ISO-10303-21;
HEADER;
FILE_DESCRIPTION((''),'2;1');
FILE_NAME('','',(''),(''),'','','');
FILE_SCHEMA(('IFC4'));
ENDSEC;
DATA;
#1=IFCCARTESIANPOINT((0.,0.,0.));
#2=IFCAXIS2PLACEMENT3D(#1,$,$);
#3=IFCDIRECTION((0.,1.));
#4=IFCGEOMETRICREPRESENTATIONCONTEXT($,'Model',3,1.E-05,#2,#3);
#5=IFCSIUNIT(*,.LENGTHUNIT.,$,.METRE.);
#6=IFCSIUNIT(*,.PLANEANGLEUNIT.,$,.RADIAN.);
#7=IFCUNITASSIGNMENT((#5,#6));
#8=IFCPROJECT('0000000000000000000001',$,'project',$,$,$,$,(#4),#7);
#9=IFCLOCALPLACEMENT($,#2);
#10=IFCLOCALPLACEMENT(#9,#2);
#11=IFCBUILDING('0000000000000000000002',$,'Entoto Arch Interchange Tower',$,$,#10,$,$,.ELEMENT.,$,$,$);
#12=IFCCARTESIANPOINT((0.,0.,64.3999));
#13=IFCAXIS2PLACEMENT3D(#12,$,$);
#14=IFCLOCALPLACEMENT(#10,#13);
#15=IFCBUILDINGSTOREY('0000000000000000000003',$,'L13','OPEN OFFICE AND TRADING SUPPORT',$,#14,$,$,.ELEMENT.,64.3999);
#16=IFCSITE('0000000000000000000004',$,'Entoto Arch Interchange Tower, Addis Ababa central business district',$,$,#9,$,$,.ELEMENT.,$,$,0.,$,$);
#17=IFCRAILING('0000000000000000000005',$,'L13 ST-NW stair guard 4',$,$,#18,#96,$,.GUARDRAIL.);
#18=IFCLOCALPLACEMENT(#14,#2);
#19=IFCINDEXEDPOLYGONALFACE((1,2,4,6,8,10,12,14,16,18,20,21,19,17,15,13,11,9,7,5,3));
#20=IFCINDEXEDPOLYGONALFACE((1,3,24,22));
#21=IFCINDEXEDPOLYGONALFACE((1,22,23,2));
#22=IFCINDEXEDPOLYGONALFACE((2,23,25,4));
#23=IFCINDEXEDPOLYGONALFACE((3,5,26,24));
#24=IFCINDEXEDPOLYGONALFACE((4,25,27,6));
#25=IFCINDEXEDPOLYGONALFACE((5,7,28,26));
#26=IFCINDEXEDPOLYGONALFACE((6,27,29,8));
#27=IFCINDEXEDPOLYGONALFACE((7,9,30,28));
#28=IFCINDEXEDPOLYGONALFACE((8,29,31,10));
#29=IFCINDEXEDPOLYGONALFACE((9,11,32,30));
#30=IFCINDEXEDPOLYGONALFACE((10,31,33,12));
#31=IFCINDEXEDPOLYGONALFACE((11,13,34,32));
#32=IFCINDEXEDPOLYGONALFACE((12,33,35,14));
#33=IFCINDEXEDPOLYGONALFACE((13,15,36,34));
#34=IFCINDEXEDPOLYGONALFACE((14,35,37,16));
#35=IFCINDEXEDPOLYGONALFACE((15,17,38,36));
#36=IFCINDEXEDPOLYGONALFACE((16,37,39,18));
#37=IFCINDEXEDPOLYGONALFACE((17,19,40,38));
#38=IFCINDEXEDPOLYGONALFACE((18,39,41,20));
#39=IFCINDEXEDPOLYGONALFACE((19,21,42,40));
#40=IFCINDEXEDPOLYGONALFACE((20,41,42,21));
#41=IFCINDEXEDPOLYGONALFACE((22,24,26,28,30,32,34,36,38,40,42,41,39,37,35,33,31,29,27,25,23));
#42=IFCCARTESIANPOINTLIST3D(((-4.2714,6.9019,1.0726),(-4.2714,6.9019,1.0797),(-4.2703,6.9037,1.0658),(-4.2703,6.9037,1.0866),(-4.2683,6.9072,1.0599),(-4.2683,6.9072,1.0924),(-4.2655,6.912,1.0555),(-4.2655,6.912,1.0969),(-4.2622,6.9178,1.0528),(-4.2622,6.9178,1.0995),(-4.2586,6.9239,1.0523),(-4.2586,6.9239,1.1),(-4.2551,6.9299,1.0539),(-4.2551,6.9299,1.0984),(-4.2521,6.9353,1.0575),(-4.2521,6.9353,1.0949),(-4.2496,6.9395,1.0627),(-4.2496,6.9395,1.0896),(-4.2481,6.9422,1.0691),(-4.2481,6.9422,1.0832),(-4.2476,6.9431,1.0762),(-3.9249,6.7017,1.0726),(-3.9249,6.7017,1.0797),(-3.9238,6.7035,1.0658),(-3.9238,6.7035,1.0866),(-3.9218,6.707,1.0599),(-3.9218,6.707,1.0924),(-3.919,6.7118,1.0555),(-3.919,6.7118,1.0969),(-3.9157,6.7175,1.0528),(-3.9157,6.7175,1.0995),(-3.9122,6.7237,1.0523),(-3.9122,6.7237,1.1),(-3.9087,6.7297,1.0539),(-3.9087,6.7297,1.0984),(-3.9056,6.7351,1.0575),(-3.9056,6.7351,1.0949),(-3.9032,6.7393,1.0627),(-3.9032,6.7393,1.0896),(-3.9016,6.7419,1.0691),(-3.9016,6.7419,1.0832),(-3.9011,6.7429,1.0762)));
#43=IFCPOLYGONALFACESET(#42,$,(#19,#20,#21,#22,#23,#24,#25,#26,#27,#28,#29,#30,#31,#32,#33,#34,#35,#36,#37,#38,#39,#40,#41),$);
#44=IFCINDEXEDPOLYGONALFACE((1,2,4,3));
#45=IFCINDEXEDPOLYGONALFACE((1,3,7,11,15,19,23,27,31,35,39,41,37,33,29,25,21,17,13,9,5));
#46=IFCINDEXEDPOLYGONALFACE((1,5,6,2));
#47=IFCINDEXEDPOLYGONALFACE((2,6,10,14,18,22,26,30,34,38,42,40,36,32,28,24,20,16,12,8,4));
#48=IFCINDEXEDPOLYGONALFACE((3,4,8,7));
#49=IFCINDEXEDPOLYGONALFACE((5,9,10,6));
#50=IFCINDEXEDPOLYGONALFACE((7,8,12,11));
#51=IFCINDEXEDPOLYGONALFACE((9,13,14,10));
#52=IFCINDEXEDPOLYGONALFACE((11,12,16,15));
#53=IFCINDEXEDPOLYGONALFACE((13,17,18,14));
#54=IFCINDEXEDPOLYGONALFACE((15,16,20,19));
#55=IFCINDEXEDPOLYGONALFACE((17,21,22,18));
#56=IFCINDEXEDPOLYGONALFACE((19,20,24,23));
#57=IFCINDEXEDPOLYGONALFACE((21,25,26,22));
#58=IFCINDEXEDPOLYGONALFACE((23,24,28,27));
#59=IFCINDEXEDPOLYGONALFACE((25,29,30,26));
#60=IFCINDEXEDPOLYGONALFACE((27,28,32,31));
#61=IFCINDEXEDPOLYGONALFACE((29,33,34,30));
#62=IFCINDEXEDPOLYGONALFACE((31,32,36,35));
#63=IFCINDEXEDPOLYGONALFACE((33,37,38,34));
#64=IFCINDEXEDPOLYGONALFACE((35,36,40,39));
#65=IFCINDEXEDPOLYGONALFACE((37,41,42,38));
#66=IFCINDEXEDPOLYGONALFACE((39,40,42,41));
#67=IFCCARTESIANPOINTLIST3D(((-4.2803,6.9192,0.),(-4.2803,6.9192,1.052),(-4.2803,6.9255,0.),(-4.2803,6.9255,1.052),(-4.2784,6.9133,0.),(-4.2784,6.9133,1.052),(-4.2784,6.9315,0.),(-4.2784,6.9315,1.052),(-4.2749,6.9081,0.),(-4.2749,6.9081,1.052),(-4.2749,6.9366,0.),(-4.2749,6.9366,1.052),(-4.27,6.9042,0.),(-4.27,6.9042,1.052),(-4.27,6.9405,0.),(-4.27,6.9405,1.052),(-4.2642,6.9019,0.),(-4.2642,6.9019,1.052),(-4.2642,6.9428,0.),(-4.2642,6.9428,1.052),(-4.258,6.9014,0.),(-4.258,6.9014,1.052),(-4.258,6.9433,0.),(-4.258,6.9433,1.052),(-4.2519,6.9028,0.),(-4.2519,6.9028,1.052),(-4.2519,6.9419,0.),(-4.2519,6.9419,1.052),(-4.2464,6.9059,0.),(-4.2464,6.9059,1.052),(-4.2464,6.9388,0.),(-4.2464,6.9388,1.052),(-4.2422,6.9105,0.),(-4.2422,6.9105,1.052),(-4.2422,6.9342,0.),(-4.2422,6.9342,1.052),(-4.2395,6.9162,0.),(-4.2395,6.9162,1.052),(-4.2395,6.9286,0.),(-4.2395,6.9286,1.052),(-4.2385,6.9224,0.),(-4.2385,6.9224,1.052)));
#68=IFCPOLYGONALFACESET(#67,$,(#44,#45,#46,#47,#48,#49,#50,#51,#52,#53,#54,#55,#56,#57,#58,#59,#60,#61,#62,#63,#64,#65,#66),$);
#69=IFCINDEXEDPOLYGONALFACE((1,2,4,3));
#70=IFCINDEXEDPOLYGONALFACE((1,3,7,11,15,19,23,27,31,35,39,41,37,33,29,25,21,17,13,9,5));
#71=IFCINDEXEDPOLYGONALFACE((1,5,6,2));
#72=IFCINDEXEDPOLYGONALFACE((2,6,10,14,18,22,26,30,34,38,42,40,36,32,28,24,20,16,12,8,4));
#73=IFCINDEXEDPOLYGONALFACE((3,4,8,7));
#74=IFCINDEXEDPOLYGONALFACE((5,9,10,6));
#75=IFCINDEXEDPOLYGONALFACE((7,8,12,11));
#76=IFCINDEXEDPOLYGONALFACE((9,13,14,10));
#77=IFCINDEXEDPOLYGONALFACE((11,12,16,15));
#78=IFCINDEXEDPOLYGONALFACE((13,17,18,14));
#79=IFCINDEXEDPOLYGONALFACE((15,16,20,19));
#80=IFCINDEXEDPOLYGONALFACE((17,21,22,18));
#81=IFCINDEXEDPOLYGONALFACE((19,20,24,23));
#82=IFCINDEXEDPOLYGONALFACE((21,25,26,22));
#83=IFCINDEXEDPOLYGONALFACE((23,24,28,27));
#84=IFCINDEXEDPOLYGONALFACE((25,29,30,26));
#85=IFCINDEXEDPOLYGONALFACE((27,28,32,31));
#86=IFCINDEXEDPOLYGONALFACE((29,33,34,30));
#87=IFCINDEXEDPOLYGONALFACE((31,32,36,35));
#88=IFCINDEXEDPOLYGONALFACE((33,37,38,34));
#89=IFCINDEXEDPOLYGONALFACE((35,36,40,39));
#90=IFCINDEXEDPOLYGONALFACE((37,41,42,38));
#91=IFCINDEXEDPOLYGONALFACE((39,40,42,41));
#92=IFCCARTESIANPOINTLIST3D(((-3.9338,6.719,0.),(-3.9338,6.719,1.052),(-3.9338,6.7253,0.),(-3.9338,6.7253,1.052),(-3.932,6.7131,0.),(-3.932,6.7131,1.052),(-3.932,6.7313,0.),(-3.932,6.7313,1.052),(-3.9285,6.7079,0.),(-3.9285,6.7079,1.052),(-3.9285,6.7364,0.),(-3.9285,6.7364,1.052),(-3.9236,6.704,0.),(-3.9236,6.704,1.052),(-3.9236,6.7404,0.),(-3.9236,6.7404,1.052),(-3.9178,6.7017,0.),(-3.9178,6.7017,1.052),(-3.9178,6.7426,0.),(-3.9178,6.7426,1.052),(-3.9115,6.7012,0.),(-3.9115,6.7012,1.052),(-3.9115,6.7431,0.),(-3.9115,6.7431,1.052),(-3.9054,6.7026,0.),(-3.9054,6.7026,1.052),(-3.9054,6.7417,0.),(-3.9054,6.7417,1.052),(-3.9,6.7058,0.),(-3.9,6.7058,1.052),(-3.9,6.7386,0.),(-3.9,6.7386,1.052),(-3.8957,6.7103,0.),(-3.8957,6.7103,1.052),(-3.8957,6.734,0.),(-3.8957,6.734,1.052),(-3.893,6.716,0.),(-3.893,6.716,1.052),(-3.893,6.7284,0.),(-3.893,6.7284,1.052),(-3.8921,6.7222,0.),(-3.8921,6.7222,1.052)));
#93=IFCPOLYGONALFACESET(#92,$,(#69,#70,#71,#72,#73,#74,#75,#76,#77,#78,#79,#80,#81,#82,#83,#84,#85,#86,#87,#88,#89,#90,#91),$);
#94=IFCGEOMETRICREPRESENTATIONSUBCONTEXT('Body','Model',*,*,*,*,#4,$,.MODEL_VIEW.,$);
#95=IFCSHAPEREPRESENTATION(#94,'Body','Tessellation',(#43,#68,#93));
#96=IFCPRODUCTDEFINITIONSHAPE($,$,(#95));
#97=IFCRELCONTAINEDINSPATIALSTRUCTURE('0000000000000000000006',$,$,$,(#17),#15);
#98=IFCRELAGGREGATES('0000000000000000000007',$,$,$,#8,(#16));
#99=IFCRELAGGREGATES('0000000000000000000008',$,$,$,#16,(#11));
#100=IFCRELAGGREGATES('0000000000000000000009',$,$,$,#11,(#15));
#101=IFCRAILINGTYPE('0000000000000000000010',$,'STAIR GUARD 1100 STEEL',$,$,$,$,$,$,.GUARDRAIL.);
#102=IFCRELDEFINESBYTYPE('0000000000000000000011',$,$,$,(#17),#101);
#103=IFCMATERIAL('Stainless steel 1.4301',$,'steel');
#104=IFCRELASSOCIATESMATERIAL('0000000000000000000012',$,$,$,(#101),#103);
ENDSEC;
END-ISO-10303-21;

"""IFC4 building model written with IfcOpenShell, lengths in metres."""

from ifc_helpers import new_model, si_unit, direction, frame, origin, origin_2d, place, context, subcontext, project, spatial, circle, extrude, material, type_object, element, save


model = new_model("IFC4")

# Units and contexts
model_context = context("Model", 3, precision=1e-05, world=origin(), true_north=direction((0.0, 1.0)))
body_context = subcontext(model_context, "Body", "Model", "MODEL_VIEW")
ifc_project = project(units=[si_unit("LENGTHUNIT", "METRE"), si_unit("PLANEANGLEUNIT", "RADIAN")], contexts=[model_context])

# Site, building, storey
site_placement = place(None, origin())
site = spatial("IfcSite", under=ifc_project, at=site_placement, Name="Entoto Arch Interchange Tower, Addis Ababa central business district", CompositionType="ELEMENT", RefElevation=0.0)
building_placement = place(site_placement, origin())
building = spatial("IfcBuilding", under=site, at=building_placement, Name="Entoto Arch Interchange Tower", CompositionType="ELEMENT")
storey_placement = place(building_placement, frame((0.0, 0.0, 64.3999)))
storey = spatial("IfcBuildingStorey", under=building, at=storey_placement, Name="L13", Description="OPEN OFFICE AND TRADING SUPPORT", CompositionType="ELEMENT", Elevation=64.3999)

# Railing
ifc_material_1 = material(Name="Stainless steel 1.4301", Category="steel")
railing_type_1 = type_object("IfcRailingType", Name="STAIR GUARD 1100 STEEL", PredefinedType="GUARDRAIL", material=ifc_material_1)
railing_1_placement = place(storey_placement, frame((-4.2595, 6.9224, 0.0)))
element("IfcRailing", 1, at=railing_1_placement, inside=storey, type_object=railing_type_1, Name="L13 ST-NW stair guard 4", PredefinedType="GUARDRAIL", context=body_context, shape_type="SweptSolid", body=[
    extrude(circle(Radius=0.0239, at=origin_2d()), frame((0.0, 0.0, 1.0762), z_axis=(0.86583, -0.500339, 0.0), x_axis=(0.500339, 0.86583, 0.0)), (0.0, 0.0, 1.0), 0.4001),
    extrude(circle(Radius=0.021, at=origin_2d()), origin(), (0.0, 0.0, 1.0), 1.052),
    extrude(circle(Radius=0.021, at=origin_2d()), frame((0.3464, -0.2002, 0.0)), (0.0, 0.0, 1.0), 1.052),
])

save(model, "model.ifc")
